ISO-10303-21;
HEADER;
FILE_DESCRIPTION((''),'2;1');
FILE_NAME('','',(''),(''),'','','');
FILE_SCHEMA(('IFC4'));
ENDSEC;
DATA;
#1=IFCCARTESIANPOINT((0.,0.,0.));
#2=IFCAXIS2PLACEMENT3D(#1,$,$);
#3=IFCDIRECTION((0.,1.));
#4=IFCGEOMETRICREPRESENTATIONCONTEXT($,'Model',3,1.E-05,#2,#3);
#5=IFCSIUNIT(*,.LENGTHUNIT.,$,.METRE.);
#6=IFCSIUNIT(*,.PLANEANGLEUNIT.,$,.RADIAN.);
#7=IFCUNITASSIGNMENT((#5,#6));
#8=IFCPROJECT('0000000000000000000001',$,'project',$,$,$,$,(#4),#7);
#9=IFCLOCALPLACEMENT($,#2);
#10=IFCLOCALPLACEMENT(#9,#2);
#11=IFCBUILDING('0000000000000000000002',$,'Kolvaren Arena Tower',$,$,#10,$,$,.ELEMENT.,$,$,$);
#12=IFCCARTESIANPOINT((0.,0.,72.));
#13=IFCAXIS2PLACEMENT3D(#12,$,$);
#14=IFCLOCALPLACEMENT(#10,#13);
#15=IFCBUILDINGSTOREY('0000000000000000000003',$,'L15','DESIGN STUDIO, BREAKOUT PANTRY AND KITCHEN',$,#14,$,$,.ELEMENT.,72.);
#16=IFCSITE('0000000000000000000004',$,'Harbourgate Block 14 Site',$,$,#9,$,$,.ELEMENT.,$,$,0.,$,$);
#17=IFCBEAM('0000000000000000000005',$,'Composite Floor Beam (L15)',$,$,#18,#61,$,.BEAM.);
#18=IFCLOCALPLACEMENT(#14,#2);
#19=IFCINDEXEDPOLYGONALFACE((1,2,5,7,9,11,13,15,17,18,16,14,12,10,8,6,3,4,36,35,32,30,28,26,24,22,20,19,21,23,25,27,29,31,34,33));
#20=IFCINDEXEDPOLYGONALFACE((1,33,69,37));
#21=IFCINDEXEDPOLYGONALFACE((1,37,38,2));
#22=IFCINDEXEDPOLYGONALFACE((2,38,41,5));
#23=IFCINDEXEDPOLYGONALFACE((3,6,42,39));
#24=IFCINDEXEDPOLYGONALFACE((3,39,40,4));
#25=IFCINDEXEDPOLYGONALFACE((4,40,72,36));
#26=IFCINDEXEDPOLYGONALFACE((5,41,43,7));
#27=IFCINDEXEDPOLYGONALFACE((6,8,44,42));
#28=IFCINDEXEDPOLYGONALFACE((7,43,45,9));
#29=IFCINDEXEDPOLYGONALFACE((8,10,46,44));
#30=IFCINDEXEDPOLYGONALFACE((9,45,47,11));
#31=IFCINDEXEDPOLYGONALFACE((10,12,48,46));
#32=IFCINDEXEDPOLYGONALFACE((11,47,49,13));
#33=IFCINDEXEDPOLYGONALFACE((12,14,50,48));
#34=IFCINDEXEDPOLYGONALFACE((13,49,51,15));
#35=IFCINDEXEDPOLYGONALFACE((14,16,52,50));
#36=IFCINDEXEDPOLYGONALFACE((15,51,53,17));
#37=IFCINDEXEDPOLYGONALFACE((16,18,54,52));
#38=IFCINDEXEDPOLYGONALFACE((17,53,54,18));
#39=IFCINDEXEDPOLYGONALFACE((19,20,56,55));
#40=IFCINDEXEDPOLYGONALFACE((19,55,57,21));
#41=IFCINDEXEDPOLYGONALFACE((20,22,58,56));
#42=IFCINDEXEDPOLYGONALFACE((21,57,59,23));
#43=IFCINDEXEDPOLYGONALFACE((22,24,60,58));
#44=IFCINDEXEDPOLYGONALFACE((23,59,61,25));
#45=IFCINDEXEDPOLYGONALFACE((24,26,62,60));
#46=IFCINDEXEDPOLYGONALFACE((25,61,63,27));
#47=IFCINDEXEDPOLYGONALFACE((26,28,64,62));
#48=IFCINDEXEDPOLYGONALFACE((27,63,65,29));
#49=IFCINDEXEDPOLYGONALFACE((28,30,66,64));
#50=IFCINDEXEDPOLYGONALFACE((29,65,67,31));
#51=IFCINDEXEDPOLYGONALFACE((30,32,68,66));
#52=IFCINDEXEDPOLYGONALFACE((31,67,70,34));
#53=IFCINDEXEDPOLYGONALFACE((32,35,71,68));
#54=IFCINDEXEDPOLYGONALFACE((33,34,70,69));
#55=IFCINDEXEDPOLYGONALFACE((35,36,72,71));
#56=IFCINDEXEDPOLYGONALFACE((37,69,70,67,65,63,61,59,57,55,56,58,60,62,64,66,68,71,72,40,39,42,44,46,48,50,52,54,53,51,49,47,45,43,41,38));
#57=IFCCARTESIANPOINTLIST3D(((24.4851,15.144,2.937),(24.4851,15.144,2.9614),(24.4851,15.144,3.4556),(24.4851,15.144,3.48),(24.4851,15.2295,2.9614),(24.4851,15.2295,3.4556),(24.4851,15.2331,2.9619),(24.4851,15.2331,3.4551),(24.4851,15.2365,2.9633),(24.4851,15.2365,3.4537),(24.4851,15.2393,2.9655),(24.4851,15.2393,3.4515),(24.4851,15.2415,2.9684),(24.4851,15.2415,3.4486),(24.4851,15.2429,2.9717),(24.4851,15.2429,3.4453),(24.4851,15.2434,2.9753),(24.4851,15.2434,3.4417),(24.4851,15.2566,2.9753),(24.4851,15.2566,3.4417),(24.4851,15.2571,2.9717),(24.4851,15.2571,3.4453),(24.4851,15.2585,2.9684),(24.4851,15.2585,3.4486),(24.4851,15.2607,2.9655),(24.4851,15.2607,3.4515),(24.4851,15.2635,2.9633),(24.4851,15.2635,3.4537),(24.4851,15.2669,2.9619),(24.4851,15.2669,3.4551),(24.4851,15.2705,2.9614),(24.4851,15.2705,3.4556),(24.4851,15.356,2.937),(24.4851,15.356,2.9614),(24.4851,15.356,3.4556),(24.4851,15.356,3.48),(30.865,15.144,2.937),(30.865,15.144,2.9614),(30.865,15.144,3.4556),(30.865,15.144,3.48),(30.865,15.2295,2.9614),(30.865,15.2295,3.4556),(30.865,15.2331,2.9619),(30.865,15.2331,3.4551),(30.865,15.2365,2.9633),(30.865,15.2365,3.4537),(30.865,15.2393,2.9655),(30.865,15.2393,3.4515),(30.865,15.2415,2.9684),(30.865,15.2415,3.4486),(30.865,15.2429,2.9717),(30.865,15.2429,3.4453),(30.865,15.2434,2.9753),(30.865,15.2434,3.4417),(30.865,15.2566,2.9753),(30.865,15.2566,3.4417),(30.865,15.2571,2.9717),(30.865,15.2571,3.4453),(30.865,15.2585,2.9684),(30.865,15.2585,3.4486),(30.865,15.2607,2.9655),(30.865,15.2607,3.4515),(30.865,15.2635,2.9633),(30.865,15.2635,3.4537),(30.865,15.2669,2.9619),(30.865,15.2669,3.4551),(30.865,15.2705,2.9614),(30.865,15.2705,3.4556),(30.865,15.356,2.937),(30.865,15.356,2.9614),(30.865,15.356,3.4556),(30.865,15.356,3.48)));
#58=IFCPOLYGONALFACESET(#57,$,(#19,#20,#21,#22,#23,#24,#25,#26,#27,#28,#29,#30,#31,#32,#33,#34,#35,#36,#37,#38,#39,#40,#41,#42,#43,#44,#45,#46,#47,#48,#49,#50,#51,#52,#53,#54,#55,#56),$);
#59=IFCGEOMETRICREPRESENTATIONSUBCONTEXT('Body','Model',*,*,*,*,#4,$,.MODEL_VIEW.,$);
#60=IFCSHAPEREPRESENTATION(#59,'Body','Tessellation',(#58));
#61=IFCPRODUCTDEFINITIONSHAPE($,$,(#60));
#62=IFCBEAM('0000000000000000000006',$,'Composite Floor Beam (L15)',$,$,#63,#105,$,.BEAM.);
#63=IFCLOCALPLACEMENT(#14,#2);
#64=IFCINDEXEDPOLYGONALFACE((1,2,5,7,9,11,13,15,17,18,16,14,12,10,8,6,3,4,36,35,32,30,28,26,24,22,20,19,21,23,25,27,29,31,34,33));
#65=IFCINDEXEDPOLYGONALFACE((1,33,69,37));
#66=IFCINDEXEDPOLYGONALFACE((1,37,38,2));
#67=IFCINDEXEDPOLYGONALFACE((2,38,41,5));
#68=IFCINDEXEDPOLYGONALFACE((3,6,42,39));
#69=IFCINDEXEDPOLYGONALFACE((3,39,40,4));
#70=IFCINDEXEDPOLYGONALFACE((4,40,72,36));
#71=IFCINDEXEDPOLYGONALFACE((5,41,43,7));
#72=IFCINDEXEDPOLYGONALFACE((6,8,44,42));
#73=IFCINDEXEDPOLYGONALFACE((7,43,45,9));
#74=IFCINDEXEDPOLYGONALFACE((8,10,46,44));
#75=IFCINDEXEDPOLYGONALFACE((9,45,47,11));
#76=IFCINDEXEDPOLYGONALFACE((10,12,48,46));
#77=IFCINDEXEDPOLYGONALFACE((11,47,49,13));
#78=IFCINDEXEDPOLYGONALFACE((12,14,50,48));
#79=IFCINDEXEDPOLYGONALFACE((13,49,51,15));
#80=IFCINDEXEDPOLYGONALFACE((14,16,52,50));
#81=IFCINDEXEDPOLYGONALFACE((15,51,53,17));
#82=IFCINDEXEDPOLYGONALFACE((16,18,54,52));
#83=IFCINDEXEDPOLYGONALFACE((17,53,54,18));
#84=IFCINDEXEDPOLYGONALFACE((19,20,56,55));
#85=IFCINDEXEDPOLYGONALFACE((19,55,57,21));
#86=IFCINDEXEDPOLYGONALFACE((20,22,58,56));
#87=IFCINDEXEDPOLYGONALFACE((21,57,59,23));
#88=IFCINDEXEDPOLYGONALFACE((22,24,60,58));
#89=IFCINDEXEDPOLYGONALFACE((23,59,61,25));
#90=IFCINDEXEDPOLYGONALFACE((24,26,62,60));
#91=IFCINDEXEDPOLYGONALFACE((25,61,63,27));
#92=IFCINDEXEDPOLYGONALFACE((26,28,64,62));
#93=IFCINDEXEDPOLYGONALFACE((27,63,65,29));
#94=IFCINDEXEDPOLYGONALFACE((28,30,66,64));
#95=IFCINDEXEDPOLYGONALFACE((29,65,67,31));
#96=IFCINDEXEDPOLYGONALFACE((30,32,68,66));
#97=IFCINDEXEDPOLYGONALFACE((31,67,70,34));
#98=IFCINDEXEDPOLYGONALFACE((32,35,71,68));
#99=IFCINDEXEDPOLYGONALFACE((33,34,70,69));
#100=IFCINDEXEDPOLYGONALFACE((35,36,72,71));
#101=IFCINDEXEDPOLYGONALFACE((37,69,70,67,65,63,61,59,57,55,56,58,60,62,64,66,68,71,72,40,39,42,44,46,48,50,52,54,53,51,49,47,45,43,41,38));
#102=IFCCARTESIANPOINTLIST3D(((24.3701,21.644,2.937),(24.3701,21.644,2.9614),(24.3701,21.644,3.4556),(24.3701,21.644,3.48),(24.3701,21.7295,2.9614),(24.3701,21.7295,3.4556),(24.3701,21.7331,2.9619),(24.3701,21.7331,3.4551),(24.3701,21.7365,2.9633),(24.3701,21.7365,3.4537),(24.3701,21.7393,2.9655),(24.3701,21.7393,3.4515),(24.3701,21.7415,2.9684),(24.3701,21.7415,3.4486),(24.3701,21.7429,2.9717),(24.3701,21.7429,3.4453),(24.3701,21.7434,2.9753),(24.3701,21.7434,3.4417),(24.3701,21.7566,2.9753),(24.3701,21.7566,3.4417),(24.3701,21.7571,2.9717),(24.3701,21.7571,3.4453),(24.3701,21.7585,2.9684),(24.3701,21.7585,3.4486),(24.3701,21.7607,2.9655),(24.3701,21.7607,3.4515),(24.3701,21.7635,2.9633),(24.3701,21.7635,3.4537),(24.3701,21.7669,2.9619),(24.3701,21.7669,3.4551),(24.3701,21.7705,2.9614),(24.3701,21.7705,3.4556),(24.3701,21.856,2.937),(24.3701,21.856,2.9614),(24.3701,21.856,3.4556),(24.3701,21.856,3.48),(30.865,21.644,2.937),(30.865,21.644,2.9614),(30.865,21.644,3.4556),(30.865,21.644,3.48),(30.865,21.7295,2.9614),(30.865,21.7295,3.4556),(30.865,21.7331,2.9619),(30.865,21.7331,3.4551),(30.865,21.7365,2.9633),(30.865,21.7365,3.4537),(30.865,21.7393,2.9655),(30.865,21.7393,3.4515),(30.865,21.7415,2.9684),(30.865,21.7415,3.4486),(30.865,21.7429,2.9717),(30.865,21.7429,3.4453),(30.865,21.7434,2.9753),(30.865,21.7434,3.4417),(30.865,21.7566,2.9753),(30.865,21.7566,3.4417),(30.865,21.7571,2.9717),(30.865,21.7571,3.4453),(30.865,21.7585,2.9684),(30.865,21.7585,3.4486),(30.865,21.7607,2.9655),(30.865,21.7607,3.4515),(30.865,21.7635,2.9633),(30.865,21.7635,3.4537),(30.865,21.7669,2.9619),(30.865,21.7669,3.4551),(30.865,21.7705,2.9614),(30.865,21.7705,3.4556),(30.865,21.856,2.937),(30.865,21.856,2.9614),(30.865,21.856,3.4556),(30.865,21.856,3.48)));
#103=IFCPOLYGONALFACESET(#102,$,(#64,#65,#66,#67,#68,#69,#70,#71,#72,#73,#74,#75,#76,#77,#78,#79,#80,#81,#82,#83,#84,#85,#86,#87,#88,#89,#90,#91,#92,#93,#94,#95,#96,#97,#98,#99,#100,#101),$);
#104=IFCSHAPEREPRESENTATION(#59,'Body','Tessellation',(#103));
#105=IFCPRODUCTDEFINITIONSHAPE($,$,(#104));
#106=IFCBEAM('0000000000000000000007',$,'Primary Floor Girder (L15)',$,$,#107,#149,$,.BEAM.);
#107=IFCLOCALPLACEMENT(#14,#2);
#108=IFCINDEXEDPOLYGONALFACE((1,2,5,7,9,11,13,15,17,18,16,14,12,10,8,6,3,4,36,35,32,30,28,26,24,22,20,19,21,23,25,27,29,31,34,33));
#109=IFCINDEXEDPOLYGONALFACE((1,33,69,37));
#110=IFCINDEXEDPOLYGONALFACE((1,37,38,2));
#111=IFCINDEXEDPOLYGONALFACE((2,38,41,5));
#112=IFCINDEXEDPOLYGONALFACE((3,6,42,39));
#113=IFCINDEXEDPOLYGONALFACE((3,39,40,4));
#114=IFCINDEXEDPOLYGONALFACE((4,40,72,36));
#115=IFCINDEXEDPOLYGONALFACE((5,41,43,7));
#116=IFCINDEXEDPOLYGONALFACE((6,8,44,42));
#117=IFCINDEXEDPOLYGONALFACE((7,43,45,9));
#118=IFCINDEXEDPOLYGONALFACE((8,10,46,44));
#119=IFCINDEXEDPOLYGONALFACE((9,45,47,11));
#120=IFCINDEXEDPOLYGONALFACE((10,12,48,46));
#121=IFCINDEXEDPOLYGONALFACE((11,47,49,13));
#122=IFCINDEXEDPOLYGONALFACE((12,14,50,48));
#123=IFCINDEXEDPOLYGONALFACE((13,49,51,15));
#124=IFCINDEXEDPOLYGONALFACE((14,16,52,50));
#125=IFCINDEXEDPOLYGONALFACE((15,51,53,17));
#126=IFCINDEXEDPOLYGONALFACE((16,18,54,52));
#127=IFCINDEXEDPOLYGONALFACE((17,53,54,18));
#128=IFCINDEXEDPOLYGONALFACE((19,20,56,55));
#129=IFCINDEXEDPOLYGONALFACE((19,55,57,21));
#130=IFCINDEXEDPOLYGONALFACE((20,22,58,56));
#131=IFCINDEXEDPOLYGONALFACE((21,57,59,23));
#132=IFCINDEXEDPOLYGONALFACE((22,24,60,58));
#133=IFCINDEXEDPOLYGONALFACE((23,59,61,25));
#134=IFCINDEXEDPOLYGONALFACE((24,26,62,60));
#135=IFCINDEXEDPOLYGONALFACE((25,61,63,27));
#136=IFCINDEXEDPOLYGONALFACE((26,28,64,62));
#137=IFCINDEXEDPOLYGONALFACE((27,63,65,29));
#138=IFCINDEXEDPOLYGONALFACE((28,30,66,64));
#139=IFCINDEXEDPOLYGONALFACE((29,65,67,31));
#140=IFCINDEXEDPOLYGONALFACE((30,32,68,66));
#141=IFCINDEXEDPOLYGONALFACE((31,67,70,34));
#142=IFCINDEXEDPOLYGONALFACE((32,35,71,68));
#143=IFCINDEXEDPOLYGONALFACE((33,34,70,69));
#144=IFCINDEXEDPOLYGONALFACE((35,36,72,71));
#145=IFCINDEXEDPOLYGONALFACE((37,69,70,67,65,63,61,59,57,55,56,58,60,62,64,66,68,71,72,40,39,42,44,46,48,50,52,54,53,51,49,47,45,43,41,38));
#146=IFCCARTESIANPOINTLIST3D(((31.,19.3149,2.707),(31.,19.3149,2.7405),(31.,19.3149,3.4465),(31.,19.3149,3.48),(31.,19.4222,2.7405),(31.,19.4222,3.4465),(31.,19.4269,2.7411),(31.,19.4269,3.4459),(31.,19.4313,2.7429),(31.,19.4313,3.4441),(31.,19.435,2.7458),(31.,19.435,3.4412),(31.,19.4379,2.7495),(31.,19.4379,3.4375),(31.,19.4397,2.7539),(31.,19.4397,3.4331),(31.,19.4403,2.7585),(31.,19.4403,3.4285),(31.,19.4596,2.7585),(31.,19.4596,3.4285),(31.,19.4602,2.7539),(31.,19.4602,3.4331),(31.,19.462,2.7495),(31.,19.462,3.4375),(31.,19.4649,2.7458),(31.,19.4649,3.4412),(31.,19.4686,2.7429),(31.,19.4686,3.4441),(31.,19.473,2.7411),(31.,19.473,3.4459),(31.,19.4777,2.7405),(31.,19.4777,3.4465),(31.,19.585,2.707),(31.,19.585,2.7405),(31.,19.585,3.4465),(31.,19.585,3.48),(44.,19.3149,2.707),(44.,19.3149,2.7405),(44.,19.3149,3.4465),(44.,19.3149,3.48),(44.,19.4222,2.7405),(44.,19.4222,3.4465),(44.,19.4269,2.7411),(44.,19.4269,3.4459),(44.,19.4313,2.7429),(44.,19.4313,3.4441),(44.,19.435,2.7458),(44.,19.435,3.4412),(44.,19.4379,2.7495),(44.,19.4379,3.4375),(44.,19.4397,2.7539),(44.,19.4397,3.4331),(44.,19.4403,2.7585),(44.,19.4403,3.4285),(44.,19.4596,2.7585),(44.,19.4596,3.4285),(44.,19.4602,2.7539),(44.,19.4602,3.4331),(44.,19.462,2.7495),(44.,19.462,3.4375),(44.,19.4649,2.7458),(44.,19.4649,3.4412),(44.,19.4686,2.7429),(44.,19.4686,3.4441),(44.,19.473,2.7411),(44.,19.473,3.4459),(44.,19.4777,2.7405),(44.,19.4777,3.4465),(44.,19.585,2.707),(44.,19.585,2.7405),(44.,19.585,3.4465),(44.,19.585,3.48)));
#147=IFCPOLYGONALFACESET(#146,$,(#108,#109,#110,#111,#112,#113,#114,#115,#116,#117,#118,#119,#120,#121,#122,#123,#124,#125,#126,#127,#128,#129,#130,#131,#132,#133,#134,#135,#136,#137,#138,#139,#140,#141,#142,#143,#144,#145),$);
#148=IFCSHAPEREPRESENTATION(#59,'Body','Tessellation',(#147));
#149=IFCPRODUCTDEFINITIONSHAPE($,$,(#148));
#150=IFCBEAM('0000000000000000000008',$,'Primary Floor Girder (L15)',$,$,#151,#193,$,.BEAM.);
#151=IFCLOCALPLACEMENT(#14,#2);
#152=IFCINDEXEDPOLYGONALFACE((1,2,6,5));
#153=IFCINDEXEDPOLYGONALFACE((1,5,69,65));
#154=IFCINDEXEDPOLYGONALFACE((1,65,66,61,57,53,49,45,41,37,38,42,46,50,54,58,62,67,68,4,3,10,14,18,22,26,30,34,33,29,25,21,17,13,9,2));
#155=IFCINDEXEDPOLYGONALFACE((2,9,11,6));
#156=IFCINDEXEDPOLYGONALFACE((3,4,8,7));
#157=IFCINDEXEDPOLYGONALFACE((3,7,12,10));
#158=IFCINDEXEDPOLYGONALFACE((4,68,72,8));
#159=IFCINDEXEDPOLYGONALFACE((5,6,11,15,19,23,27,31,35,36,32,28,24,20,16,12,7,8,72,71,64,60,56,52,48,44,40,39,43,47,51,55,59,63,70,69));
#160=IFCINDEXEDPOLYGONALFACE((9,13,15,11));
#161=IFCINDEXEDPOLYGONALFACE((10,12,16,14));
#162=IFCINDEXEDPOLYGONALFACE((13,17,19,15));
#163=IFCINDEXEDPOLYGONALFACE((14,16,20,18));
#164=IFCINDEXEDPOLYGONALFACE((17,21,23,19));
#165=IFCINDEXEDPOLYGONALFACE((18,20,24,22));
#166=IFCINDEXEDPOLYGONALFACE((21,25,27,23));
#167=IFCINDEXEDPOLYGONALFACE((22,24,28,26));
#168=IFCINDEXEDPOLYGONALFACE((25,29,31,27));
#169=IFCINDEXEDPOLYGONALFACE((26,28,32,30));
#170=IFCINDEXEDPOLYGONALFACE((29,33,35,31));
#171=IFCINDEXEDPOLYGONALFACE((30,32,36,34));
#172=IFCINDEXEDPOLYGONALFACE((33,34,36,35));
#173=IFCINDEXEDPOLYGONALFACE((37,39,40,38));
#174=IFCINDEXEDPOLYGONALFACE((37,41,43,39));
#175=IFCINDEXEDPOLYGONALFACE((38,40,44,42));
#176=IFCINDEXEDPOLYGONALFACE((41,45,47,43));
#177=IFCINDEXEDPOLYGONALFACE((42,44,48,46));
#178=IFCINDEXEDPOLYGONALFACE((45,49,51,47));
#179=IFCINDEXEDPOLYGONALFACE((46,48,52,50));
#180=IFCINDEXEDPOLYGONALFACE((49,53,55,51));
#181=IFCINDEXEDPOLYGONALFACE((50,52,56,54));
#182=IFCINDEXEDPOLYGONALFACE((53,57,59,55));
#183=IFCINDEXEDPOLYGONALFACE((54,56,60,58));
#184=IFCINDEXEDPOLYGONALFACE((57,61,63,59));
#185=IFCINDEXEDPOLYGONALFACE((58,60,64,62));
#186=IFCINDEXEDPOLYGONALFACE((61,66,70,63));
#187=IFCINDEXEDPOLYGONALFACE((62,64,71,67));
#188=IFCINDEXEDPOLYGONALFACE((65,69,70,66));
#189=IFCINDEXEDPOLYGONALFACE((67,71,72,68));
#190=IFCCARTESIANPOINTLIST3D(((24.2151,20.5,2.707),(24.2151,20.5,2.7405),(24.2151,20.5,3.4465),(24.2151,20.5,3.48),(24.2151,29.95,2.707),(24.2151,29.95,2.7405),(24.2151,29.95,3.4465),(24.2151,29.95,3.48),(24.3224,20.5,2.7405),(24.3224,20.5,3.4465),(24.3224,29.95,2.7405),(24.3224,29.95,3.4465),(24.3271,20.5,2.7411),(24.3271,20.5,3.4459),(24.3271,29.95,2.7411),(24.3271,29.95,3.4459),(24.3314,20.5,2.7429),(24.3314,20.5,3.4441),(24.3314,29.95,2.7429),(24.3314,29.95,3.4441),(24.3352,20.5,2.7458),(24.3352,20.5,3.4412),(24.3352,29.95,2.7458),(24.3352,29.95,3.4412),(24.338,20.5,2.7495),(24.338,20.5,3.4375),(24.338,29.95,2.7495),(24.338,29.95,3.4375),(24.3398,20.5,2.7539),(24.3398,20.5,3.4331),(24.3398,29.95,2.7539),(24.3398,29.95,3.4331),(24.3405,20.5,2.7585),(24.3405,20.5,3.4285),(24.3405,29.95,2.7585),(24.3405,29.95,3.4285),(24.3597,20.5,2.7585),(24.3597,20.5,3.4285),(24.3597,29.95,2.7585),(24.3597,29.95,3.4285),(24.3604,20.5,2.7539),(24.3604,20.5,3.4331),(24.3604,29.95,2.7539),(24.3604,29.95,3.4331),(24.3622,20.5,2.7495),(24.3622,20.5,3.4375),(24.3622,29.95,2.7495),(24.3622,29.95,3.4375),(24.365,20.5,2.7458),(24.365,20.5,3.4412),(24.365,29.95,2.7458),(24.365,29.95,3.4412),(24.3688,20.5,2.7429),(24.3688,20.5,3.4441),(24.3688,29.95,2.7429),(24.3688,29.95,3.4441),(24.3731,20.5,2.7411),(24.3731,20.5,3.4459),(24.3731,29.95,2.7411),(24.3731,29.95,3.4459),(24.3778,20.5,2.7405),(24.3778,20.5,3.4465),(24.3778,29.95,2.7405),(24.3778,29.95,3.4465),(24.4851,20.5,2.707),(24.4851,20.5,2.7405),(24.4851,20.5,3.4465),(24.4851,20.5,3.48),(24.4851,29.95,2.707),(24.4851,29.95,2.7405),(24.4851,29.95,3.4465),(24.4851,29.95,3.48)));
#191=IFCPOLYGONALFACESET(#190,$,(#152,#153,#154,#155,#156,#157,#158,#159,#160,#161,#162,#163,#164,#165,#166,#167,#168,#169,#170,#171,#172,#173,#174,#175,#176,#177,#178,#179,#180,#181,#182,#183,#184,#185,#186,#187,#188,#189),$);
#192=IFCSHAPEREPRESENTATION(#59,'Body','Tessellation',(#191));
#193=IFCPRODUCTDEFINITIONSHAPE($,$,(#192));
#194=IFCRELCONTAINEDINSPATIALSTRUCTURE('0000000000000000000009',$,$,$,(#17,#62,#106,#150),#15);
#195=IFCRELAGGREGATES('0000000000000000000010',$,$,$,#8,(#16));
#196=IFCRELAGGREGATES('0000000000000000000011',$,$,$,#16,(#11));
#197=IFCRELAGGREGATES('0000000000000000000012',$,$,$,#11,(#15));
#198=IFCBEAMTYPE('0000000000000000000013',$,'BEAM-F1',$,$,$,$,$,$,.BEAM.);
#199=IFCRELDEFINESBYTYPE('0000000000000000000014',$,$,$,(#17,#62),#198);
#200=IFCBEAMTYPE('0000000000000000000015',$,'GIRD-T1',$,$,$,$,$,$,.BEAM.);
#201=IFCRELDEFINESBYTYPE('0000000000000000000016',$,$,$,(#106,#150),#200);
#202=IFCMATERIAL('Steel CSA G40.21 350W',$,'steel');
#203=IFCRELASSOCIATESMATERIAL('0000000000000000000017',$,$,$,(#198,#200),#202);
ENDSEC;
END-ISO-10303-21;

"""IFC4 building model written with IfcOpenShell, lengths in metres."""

from ifc_helpers import new_model, si_unit, direction, frame, origin, origin_2d, place, context, subcontext, project, spatial, i_section, extrude, material, material_profile, profile_set, type_object, element, save


model = new_model("IFC4")

# Units and contexts
model_context = context("Model", 3, precision=1e-05, world=origin(), true_north=direction((0.0, 1.0)))
body_context = subcontext(model_context, "Body", "Model", "MODEL_VIEW")
ifc_project = project(units=[si_unit("LENGTHUNIT", "METRE"), si_unit("PLANEANGLEUNIT", "RADIAN")], contexts=[model_context])

# Site, building, storey
site_placement = place(None, origin())
site = spatial("IfcSite", under=ifc_project, at=site_placement, Name="Harbourgate Block 14 Site", CompositionType="ELEMENT", RefElevation=0.0)
building_placement = place(site_placement, origin())
building = spatial("IfcBuilding", under=site, at=building_placement, Name="Kolvaren Arena Tower", CompositionType="ELEMENT")
storey_placement = place(building_placement, frame((0.0, 0.0, 72.0)))
storey = spatial("IfcBuildingStorey", under=building, at=storey_placement, Name="L15", Description="DESIGN STUDIO, BREAKOUT PANTRY AND KITCHEN", CompositionType="ELEMENT", Elevation=72.0)

# Beams
ifc_material_1 = material(Name="Steel CSA G40.21 350W", Category="steel")
ifc_material_profile_1 = material_profile(ifc_material_1, i_section(OverallWidth=0.2119, OverallDepth=0.543, WebThickness=0.0132, FlangeThickness=0.0244, FilletRadius=0.0139, at=origin_2d()), Name="W530x150")
ifc_profile_set_1 = profile_set([ifc_material_profile_1], Name="Steel CSA G40.21 350W")
beam_type_1 = type_object("IfcBeamType", Name="BEAM-F1", PredefinedType="BEAM", material=ifc_profile_set_1)
beam_1_placement = place(storey_placement, frame((24.4851, 15.25, 3.2085), z_axis=(1.0, 0.0, 0.0), x_axis=(0.0, 1.0, 0.0)))
element("IfcBeam", 1, at=beam_1_placement, inside=storey, type_object=beam_type_1, Name="Composite Floor Beam (L15)", PredefinedType="BEAM", context=body_context, shape_type="SweptSolid", body=[
    extrude(i_section(OverallWidth=0.2119, OverallDepth=0.543, WebThickness=0.0132, FlangeThickness=0.0244, FilletRadius=0.0139, at=origin_2d()), origin(), (0.0, 0.0, 1.0), 6.3799),
])
beam_2_placement = place(storey_placement, frame((24.3701, 21.75, 3.2085), z_axis=(1.0, 0.0, 0.0), x_axis=(0.0, 1.0, 0.0)))
element("IfcBeam", 2, at=beam_2_placement, inside=storey, type_object=beam_type_1, Name="Composite Floor Beam (L15)", PredefinedType="BEAM", context=body_context, shape_type="SweptSolid", body=[
    extrude(i_section(OverallWidth=0.2119, OverallDepth=0.543, WebThickness=0.0132, FlangeThickness=0.0244, FilletRadius=0.0139, at=origin_2d()), origin(), (0.0, 0.0, 1.0), 6.4949),
])
ifc_material_profile_2 = material_profile(ifc_material_1, i_section(OverallWidth=0.27, OverallDepth=0.7729, WebThickness=0.0193, FlangeThickness=0.0334, FilletRadius=0.0181, at=origin_2d()), Name="W760x257")
ifc_profile_set_2 = profile_set([ifc_material_profile_2], Name="Steel CSA G40.21 350W")
beam_type_2 = type_object("IfcBeamType", Name="GIRD-T1", PredefinedType="BEAM", material=ifc_profile_set_2)
beam_3_placement = place(storey_placement, frame((31.0, 19.45, 3.0935), z_axis=(1.0, 0.0, 0.0), x_axis=(0.0, 1.0, 0.0)))
element("IfcBeam", 3, at=beam_3_placement, inside=storey, type_object=beam_type_2, Name="Primary Floor Girder (L15)", PredefinedType="BEAM", context=body_context, shape_type="SweptSolid", body=[
    extrude(i_section(OverallWidth=0.27, OverallDepth=0.7729, WebThickness=0.0193, FlangeThickness=0.0334, FilletRadius=0.0181, at=origin_2d()), origin(), (0.0, 0.0, 1.0), 13.0),
])
beam_4_placement = place(storey_placement, frame((24.3501, 20.5, 3.0935), z_axis=(0.0, 1.0, 0.0), x_axis=(-1.0, 0.0, 0.0)))
element("IfcBeam", 4, at=beam_4_placement, inside=storey, type_object=beam_type_2, Name="Primary Floor Girder (L15)", PredefinedType="BEAM", context=body_context, shape_type="SweptSolid", body=[
    extrude(i_section(OverallWidth=0.27, OverallDepth=0.7729, WebThickness=0.0193, FlangeThickness=0.0334, FilletRadius=0.0181, at=origin_2d()), origin(), (0.0, 0.0, 1.0), 9.45),
])

save(model, "model.ifc")
